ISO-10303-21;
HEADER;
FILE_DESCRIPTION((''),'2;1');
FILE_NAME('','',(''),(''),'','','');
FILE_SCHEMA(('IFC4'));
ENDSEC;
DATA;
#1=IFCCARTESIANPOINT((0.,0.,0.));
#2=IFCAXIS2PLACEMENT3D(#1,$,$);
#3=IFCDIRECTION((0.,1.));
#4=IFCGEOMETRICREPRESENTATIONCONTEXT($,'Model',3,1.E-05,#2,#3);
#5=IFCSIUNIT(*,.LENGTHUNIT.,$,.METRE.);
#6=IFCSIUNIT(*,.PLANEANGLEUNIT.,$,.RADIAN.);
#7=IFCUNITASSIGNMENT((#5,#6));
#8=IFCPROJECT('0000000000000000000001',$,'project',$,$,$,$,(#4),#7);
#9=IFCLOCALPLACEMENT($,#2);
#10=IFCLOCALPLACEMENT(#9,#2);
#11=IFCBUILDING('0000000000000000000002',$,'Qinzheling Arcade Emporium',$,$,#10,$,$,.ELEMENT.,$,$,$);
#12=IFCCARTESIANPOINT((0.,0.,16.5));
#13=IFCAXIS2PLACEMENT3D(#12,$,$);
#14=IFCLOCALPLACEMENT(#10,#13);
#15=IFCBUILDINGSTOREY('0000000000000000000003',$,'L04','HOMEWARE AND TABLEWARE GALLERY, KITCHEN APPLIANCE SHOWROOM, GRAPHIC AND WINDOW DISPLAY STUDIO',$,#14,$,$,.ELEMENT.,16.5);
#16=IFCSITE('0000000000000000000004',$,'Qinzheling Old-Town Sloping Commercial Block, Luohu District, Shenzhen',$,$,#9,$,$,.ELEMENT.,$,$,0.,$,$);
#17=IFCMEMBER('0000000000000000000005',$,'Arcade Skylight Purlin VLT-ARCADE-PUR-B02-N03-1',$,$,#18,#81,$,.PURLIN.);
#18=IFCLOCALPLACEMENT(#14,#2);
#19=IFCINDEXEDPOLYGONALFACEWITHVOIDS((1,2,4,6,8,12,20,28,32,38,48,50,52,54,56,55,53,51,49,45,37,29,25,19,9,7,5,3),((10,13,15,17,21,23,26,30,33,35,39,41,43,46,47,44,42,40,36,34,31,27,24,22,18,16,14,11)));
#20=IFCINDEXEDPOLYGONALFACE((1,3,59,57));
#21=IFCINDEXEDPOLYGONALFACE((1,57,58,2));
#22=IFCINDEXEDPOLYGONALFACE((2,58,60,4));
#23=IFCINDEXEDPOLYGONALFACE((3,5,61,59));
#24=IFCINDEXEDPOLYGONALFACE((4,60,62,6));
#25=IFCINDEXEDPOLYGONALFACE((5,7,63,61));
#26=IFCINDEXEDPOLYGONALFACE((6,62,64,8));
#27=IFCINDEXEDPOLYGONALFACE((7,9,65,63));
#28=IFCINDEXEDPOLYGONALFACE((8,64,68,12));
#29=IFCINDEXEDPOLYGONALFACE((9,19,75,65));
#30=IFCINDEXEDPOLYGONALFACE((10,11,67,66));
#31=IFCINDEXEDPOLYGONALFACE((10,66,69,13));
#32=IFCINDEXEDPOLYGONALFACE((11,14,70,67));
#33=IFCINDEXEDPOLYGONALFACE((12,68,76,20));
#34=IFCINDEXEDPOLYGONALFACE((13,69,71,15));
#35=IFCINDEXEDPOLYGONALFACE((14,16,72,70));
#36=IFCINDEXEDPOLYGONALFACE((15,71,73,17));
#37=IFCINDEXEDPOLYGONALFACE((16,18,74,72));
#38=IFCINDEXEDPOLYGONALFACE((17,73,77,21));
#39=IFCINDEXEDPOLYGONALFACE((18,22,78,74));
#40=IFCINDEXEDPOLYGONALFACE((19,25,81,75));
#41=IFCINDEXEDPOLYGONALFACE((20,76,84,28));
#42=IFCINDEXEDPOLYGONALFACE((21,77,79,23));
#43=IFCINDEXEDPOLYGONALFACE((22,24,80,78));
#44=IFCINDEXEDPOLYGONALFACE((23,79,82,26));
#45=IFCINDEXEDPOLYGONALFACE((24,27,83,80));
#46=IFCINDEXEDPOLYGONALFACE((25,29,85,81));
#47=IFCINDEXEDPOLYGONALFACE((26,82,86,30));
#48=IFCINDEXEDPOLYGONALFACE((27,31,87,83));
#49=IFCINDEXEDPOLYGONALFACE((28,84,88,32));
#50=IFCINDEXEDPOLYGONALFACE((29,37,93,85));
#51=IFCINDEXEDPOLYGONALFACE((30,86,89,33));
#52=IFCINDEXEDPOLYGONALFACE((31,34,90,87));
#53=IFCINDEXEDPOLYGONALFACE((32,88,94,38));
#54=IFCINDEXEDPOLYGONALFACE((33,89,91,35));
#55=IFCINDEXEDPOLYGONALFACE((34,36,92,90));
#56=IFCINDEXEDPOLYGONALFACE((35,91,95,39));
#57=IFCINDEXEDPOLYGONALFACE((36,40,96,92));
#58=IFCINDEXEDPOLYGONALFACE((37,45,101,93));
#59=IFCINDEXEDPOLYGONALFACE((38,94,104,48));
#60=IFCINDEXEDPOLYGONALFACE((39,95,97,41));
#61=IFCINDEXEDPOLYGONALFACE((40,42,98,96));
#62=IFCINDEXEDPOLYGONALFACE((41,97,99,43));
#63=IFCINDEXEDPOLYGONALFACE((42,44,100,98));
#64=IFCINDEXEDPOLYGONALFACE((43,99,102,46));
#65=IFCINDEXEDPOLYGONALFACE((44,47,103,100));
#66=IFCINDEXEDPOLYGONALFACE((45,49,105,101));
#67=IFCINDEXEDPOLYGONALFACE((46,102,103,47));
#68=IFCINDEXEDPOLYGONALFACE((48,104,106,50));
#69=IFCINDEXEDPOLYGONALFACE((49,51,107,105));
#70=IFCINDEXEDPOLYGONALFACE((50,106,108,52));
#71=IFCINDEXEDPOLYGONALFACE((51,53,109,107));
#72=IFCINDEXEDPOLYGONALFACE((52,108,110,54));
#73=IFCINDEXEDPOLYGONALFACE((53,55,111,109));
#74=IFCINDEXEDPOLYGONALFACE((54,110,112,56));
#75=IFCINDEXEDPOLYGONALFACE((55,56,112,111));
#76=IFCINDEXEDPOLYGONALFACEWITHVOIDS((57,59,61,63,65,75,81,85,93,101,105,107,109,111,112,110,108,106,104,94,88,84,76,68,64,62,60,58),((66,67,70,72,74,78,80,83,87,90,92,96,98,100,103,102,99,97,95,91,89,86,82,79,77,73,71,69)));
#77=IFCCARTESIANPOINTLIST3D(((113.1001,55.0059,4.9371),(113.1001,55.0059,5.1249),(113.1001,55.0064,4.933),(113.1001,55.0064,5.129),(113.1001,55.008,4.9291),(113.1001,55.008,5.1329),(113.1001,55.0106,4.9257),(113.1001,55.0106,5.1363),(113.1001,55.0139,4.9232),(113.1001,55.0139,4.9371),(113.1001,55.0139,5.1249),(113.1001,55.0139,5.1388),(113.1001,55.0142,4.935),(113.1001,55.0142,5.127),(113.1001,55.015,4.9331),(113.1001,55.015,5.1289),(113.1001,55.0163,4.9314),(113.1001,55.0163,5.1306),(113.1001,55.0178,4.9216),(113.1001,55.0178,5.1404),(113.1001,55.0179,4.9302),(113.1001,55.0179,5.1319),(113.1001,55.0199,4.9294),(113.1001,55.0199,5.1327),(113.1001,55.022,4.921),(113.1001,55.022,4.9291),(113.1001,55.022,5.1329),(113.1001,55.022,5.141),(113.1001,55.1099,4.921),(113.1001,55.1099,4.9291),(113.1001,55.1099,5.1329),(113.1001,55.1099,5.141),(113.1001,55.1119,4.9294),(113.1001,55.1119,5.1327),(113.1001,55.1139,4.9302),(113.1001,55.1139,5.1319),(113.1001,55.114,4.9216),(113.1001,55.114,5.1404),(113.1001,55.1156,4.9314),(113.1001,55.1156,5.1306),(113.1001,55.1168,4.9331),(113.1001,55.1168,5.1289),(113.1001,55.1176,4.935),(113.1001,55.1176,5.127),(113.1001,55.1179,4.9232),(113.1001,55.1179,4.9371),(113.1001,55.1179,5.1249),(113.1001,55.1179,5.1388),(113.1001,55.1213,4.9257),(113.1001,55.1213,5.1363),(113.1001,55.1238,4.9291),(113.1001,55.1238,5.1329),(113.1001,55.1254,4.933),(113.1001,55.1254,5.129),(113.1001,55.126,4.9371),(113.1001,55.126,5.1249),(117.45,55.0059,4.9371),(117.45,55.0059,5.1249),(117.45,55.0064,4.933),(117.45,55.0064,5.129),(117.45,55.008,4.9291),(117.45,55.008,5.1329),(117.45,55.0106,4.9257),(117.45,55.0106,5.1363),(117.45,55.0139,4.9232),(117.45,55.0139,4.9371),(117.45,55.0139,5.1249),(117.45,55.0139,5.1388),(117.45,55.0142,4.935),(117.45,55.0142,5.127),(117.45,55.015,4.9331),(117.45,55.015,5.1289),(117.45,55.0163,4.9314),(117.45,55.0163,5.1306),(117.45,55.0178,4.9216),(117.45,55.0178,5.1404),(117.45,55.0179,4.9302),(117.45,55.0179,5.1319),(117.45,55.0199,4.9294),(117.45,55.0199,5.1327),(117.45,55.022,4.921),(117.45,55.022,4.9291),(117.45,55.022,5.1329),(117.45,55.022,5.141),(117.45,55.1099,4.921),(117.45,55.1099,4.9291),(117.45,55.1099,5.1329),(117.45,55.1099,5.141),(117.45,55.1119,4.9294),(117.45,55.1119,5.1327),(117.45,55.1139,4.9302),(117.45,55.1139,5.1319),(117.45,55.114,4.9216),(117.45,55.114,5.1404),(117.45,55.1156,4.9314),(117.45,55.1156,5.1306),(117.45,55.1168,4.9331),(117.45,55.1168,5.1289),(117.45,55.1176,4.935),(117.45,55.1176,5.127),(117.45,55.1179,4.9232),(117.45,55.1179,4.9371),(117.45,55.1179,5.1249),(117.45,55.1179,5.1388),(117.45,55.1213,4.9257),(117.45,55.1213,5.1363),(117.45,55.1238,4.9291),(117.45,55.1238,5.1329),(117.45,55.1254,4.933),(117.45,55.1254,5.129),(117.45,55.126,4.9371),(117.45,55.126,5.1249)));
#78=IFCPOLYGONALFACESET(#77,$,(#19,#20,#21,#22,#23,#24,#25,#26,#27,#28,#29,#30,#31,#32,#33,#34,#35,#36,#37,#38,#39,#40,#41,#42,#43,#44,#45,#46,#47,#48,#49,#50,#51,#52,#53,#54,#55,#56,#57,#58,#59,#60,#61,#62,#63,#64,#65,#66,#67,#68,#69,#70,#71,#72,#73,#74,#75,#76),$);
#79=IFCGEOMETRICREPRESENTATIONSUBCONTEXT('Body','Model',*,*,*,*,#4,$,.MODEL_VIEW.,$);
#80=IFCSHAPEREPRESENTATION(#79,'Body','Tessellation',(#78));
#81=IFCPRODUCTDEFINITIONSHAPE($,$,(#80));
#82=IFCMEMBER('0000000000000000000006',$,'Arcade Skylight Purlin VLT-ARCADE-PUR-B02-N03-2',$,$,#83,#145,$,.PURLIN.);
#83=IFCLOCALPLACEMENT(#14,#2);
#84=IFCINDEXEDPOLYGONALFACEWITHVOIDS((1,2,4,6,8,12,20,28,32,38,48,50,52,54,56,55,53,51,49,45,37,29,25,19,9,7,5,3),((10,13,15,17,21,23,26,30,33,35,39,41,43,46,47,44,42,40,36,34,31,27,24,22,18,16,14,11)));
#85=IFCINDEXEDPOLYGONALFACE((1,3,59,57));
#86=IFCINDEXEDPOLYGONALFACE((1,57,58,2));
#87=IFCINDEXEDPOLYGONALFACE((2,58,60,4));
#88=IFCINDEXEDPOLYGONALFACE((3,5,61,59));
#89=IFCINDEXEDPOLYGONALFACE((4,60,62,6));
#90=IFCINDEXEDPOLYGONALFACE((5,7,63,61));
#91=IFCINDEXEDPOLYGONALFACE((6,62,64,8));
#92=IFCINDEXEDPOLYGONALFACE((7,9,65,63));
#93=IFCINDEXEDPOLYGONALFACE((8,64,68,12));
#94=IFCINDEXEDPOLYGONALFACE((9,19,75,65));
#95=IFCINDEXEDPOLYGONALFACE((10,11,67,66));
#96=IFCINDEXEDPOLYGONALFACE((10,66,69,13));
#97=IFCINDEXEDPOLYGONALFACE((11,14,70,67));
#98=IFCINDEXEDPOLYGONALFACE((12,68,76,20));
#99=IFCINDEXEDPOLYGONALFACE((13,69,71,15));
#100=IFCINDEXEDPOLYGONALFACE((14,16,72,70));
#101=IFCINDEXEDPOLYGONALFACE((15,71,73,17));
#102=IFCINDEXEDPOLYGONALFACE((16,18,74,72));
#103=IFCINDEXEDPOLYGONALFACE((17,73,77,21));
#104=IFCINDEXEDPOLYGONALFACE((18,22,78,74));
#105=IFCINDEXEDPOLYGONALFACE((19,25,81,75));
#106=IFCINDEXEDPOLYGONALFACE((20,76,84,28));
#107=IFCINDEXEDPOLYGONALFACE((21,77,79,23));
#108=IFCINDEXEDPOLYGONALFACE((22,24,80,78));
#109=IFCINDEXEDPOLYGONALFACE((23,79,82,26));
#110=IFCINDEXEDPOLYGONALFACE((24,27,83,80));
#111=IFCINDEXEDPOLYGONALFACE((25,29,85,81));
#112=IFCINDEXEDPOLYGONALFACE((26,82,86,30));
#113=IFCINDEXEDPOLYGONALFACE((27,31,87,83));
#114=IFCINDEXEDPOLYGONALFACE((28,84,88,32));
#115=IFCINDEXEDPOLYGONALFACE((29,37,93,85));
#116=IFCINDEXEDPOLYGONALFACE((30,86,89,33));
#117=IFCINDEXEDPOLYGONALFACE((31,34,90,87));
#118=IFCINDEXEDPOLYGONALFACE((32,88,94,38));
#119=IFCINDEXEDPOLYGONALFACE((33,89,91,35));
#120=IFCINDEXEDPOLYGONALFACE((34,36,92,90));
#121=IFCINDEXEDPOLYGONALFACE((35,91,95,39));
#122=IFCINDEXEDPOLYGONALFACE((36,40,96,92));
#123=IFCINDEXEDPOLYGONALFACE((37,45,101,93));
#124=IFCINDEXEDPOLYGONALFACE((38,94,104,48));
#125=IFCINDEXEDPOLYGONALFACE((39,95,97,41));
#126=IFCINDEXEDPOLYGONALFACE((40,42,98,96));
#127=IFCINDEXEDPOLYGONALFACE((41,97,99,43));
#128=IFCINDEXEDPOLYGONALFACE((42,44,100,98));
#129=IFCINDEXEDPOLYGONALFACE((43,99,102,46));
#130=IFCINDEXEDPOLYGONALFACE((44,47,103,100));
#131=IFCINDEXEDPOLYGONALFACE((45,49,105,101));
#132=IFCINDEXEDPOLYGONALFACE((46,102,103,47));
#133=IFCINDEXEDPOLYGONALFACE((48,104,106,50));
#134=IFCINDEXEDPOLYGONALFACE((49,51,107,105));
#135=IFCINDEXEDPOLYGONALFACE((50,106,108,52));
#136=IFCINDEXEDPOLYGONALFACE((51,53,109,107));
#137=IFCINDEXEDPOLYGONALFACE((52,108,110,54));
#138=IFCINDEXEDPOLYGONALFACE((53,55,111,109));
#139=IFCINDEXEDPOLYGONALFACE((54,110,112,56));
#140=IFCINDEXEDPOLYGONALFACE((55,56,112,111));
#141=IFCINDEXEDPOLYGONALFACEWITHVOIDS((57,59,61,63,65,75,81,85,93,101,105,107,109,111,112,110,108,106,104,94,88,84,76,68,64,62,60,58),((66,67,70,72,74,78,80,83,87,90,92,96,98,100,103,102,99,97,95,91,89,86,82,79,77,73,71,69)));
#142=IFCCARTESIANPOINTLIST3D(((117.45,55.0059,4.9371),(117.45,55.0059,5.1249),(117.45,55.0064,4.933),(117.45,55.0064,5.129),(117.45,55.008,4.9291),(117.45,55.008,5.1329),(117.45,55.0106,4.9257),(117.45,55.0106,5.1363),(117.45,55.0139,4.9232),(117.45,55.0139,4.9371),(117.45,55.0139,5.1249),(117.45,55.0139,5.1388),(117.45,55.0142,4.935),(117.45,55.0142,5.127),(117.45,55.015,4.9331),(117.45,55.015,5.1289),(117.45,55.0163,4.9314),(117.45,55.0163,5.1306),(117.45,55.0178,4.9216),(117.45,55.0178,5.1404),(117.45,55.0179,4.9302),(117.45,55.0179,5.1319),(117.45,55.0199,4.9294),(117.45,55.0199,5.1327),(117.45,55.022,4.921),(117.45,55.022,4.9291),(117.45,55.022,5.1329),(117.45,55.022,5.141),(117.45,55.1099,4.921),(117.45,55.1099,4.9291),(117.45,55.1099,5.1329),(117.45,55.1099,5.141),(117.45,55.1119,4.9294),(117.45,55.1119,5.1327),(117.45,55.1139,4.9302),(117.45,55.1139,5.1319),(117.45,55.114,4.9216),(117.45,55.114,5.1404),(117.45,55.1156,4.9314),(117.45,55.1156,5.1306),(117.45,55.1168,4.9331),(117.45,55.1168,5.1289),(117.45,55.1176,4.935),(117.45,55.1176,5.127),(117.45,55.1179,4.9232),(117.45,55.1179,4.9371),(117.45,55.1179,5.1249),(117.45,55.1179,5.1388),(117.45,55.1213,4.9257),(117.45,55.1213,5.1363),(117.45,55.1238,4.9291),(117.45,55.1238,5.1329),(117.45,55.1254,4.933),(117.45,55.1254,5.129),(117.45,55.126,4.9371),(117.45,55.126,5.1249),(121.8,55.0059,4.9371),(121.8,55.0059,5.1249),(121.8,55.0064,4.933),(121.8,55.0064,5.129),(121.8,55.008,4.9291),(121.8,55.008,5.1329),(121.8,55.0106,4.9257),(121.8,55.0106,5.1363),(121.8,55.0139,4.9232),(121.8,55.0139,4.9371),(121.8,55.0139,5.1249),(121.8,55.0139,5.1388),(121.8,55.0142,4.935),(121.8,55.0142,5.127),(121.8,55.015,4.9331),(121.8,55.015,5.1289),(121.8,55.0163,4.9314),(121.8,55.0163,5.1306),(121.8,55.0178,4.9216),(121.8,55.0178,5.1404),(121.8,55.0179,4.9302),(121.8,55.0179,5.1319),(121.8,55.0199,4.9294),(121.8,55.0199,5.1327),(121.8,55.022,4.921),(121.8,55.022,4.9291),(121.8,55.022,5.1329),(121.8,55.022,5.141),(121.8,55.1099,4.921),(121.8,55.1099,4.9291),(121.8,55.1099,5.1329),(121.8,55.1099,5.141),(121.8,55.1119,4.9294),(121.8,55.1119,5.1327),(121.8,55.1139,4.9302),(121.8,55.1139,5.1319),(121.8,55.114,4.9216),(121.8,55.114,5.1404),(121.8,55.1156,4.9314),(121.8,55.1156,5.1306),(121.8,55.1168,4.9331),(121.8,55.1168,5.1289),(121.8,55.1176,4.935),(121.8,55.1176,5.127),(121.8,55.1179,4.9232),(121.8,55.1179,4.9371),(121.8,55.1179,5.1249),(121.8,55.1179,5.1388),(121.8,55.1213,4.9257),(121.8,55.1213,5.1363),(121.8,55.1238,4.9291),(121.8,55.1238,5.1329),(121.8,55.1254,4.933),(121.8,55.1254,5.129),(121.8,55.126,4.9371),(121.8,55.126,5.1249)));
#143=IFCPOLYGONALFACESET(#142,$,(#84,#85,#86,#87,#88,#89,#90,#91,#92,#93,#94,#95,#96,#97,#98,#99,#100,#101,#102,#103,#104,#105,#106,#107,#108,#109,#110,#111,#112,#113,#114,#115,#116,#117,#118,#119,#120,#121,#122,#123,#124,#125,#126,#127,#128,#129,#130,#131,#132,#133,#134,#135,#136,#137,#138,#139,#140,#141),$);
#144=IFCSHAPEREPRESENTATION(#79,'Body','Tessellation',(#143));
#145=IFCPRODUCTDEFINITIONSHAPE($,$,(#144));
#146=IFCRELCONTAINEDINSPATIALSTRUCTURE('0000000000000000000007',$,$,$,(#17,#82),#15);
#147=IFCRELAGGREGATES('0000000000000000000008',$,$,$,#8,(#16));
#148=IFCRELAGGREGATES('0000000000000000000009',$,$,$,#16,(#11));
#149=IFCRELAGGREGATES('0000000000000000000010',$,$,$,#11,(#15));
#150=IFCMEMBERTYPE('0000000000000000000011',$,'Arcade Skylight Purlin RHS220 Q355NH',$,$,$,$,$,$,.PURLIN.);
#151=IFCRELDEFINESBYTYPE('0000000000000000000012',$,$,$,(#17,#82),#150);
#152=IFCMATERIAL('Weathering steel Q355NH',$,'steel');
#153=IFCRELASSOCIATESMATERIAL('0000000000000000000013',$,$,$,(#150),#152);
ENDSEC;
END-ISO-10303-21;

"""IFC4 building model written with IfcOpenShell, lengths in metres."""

from ifc_helpers import new_model, si_unit, direction, frame, origin, origin_2d, place, context, subcontext, project, spatial, hollow_rectangle, extrude, material, material_profile, profile_set, type_object, element, save


model = new_model("IFC4")

# Units and contexts
model_context = context("Model", 3, precision=1e-05, world=origin(), true_north=direction((0.0, 1.0)))
body_context = subcontext(model_context, "Body", "Model", "MODEL_VIEW")
ifc_project = project(units=[si_unit("LENGTHUNIT", "METRE"), si_unit("PLANEANGLEUNIT", "RADIAN")], contexts=[model_context])

# Site, building, storey
site_placement = place(None, origin())
site = spatial("IfcSite", under=ifc_project, at=site_placement, Name="Qinzheling Old-Town Sloping Commercial Block, Luohu District, Shenzhen", CompositionType="ELEMENT", RefElevation=0.0)
building_placement = place(site_placement, origin())
building = spatial("IfcBuilding", under=site, at=building_placement, Name="Qinzheling Arcade Emporium", CompositionType="ELEMENT")
storey_placement = place(building_placement, frame((0.0, 0.0, 16.5)))
storey = spatial("IfcBuildingStorey", under=building, at=storey_placement, Name="L04", Description="HOMEWARE AND TABLEWARE GALLERY, KITCHEN APPLIANCE SHOWROOM, GRAPHIC AND WINDOW DISPLAY STUDIO", CompositionType="ELEMENT", Elevation=16.5)

# Shared definitions
ifc_material_1 = material(Name="Weathering steel Q355NH", Category="steel")

# Members
ifc_material_profile_1 = material_profile(ifc_material_1, hollow_rectangle(XDim=0.1201, YDim=0.22, WallThickness=0.0081, InnerFilletRadius=0.0081, OuterFilletRadius=0.0161, at=origin_2d()), Name="RHS 220x120x8", Category="steel")
ifc_profile_set_1 = profile_set([ifc_material_profile_1], Name="Weathering steel Q355NH")
member_type_1 = type_object("IfcMemberType", Name="Arcade Skylight Purlin RHS220 Q355NH", PredefinedType="PURLIN", material=ifc_profile_set_1)
member_1_placement = place(storey_placement, frame((113.1001, 55.0659, 5.031), z_axis=(1.0, 0.0, 0.0), x_axis=(0.0, 1.0, 0.0)))
element("IfcMember", 1, at=member_1_placement, inside=storey, type_object=member_type_1, Name="Arcade Skylight Purlin VLT-ARCADE-PUR-B02-N03-1", PredefinedType="PURLIN", context=body_context, shape_type="SweptSolid", body=[
    extrude(hollow_rectangle(XDim=0.1201, YDim=0.22, WallThickness=0.0081, InnerFilletRadius=0.0081, OuterFilletRadius=0.0161, at=origin_2d()), origin(), (0.0, 0.0, 1.0), 4.3499),
])
member_2_placement = place(storey_placement, frame((117.45, 55.0659, 5.031), z_axis=(1.0, 0.0, 0.0), x_axis=(0.0, 1.0, 0.0)))
element("IfcMember", 2, at=member_2_placement, inside=storey, type_object=member_type_1, Name="Arcade Skylight Purlin VLT-ARCADE-PUR-B02-N03-2", PredefinedType="PURLIN", context=body_context, shape_type="SweptSolid", body=[
    extrude(hollow_rectangle(XDim=0.1201, YDim=0.22, WallThickness=0.0081, InnerFilletRadius=0.0081, OuterFilletRadius=0.0161, at=origin_2d()), origin(), (0.0, 0.0, 1.0), 4.3501),
])

save(model, "model.ifc")
